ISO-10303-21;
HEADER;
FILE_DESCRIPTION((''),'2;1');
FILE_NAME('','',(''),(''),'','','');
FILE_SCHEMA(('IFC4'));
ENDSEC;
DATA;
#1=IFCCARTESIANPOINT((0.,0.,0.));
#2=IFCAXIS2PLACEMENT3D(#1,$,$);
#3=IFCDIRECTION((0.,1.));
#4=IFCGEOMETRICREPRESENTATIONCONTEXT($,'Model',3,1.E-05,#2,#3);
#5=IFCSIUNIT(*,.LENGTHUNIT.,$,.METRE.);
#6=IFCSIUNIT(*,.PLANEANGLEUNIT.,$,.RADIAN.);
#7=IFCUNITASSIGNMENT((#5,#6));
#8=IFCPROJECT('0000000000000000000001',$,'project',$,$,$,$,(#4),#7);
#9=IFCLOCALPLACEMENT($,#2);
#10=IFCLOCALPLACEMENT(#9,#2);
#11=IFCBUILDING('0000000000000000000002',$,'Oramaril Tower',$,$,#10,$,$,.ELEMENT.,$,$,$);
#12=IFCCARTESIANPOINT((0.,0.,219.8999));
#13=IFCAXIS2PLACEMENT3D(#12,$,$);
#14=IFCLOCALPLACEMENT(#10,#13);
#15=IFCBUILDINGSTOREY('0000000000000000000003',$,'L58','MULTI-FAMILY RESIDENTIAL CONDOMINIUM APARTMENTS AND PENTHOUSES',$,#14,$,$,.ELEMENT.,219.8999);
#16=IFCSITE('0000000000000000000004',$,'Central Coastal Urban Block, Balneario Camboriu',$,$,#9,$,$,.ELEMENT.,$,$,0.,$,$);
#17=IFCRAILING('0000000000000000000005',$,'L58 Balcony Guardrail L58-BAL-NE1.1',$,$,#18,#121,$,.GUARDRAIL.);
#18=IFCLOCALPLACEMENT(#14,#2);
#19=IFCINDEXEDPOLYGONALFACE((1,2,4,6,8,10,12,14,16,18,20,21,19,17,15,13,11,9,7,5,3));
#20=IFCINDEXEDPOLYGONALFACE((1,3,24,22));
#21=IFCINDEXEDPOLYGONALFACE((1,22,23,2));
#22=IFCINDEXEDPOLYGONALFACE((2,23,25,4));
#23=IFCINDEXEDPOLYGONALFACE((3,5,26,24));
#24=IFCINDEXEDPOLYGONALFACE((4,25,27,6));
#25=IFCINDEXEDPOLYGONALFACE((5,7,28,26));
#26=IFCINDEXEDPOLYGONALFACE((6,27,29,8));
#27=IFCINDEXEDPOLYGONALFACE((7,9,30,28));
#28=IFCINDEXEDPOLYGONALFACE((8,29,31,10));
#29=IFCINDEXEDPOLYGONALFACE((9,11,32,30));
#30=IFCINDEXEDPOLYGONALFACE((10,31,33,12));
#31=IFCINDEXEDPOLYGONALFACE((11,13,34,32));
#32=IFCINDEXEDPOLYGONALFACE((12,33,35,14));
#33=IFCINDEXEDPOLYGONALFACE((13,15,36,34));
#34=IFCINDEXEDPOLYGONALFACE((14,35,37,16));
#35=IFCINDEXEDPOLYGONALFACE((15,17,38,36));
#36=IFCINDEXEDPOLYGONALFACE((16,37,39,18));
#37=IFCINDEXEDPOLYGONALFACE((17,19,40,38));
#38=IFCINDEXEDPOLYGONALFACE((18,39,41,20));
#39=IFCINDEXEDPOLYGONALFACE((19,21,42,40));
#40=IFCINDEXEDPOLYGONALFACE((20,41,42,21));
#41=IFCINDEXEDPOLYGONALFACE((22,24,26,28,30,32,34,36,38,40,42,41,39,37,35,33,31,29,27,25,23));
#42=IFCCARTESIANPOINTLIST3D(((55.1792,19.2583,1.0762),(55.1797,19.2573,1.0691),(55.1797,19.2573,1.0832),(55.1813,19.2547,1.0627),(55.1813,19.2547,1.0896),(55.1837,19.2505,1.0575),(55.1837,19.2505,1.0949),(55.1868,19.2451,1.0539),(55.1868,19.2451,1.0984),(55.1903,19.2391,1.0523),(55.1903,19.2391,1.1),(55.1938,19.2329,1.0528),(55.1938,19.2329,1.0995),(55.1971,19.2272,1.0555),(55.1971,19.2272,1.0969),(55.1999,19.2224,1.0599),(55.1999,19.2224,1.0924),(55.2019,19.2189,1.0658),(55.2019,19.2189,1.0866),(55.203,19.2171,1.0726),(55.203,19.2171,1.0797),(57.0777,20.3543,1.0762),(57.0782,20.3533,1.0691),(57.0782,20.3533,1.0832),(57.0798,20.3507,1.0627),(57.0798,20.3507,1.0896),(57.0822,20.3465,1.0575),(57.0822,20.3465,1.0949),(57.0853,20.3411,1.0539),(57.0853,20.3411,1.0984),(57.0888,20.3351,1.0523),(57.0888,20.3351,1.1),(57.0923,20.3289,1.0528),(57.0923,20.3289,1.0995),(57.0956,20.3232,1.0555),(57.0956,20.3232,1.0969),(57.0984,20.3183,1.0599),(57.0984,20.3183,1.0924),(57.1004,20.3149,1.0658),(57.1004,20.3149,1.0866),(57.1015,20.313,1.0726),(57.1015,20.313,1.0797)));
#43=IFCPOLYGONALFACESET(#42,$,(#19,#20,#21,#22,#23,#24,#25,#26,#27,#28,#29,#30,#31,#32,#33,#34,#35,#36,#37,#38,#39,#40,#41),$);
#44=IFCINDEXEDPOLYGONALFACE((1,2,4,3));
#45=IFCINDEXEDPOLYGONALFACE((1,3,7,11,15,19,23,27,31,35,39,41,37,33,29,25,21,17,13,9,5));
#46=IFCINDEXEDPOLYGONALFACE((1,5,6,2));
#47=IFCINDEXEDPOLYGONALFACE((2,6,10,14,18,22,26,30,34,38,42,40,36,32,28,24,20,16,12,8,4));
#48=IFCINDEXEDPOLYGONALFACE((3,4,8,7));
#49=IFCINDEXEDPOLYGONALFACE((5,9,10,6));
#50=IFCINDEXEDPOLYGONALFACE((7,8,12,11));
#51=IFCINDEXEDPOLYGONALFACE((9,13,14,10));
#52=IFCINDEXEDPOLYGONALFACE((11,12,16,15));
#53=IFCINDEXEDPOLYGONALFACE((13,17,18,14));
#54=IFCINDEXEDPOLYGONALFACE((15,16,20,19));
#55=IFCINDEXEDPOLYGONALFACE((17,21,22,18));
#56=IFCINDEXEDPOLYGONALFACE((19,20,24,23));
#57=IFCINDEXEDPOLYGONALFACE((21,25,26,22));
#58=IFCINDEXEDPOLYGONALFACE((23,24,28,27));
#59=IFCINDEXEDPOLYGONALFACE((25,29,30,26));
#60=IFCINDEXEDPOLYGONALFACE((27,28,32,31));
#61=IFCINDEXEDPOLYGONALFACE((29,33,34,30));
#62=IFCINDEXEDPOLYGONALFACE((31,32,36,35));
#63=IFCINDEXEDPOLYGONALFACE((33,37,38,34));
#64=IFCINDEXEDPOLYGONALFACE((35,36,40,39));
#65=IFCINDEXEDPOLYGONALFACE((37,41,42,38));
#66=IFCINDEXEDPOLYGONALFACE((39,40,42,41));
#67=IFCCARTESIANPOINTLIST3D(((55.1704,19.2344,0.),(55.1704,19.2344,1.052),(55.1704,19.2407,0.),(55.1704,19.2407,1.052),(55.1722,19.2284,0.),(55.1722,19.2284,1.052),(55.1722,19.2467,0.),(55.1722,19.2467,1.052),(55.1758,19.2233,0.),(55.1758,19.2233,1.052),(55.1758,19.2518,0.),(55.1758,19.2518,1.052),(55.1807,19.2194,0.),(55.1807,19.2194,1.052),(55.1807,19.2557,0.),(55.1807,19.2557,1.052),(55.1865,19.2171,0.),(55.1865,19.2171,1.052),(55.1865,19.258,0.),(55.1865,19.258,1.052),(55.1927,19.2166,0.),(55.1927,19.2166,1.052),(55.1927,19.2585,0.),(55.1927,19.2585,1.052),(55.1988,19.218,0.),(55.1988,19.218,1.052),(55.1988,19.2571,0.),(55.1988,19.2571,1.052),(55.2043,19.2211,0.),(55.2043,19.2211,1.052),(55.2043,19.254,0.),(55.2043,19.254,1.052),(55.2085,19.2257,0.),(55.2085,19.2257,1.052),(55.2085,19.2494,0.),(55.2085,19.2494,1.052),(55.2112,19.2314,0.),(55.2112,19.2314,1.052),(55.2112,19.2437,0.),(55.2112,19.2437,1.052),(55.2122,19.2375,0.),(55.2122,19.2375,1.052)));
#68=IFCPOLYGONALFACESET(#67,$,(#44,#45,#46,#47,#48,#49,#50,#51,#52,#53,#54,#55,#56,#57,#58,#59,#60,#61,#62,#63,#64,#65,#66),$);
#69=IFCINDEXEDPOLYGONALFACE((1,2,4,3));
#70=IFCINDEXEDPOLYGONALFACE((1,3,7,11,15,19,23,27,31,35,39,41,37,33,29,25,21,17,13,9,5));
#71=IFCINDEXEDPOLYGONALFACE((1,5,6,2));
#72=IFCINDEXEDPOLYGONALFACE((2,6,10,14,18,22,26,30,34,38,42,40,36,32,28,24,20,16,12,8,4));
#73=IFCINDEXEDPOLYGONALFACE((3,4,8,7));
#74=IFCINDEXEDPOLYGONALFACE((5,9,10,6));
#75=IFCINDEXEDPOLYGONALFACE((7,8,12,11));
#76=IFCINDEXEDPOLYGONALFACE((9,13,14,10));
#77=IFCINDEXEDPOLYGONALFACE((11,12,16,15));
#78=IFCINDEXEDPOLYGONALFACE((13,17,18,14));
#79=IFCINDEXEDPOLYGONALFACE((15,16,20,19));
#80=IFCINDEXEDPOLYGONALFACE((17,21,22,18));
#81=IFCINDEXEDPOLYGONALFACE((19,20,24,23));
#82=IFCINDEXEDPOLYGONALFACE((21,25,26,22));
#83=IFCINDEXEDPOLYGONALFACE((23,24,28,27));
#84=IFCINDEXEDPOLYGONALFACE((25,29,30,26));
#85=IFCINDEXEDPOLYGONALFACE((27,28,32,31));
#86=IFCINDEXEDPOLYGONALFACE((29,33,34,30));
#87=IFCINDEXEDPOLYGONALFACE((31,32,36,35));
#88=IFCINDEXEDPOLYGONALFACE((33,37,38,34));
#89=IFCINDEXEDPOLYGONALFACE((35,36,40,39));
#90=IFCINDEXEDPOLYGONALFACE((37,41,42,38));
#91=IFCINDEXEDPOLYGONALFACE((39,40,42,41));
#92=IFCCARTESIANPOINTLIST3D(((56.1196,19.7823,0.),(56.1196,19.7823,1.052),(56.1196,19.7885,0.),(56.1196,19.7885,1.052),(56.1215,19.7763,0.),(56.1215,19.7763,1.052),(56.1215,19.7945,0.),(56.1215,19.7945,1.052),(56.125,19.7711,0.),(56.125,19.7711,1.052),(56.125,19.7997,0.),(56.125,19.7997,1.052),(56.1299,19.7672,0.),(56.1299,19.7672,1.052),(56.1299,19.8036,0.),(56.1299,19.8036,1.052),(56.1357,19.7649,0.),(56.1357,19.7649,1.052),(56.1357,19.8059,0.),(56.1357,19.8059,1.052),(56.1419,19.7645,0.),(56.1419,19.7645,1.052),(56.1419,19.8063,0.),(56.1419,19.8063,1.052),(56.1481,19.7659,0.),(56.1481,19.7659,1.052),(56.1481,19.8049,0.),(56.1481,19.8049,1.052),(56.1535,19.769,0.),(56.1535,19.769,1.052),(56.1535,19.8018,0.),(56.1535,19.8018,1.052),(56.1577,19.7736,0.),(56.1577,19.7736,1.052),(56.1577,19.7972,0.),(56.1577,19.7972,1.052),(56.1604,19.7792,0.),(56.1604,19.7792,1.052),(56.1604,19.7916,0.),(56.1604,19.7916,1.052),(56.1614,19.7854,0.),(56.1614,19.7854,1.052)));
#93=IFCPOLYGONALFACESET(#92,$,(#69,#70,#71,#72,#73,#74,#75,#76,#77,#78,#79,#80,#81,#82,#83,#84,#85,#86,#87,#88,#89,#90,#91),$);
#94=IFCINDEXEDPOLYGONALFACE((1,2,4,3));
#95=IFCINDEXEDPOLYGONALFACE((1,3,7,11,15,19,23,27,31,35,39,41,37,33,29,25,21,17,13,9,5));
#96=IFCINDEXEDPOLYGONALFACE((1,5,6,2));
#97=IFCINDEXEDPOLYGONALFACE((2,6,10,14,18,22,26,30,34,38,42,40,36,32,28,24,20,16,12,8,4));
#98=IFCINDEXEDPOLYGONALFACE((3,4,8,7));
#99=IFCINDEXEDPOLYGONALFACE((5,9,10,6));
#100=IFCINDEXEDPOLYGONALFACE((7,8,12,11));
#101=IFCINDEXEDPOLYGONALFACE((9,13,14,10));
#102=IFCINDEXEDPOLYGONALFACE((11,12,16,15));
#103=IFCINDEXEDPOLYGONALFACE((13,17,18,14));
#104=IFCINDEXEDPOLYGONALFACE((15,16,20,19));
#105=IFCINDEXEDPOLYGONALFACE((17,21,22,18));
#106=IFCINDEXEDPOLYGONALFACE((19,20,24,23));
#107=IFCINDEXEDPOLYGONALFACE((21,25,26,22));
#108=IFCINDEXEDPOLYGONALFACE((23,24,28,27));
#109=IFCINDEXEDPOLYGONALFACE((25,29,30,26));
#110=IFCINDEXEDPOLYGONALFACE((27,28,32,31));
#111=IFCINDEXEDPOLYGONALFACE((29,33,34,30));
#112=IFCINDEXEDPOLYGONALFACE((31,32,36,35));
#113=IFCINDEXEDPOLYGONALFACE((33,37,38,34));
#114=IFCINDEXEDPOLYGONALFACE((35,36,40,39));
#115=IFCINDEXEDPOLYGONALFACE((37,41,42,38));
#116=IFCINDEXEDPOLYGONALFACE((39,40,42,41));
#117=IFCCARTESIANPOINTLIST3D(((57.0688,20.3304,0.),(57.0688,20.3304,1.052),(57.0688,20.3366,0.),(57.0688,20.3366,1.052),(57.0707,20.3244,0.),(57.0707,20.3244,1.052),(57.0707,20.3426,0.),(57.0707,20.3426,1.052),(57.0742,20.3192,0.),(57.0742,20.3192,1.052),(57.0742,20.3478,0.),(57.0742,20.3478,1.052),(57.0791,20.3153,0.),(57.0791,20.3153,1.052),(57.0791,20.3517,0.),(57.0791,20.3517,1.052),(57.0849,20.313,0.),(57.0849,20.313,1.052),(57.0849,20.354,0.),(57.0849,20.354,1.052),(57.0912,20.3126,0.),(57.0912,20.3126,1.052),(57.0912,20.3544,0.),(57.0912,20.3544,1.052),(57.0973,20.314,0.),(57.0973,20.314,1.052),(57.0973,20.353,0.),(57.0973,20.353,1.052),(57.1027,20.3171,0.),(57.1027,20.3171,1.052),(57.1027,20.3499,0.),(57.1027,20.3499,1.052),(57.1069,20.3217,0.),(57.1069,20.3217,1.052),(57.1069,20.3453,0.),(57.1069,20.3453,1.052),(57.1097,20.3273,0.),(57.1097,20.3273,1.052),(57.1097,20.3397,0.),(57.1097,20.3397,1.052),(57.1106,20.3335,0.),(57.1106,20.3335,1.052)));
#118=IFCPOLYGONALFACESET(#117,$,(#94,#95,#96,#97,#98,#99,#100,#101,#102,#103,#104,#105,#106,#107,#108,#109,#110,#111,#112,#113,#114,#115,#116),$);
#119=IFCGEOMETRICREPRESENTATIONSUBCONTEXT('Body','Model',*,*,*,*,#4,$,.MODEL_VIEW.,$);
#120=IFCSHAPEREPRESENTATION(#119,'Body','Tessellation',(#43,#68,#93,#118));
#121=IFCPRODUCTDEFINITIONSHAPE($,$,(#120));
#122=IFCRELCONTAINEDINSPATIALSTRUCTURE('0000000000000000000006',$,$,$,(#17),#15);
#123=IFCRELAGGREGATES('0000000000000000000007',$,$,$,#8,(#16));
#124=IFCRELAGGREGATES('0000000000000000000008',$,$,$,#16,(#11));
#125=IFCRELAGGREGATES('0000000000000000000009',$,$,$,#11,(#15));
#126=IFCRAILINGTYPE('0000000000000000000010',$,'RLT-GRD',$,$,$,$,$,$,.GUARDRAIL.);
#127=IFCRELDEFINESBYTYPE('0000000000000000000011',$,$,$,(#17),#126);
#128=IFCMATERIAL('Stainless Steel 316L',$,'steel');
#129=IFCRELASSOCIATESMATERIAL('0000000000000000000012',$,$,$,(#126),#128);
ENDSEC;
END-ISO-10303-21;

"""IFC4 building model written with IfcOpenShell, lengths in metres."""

from ifc_helpers import new_model, si_unit, direction, frame, origin, origin_2d, place, context, subcontext, project, spatial, circle, extrude, material, type_object, element, save


model = new_model("IFC4")

# Units and contexts
model_context = context("Model", 3, precision=1e-05, world=origin(), true_north=direction((0.0, 1.0)))
body_context = subcontext(model_context, "Body", "Model", "MODEL_VIEW")
ifc_project = project(units=[si_unit("LENGTHUNIT", "METRE"), si_unit("PLANEANGLEUNIT", "RADIAN")], contexts=[model_context])

# Site, building, storey
site_placement = place(None, origin())
site = spatial("IfcSite", under=ifc_project, at=site_placement, Name="Central Coastal Urban Block, Balneario Camboriu", CompositionType="ELEMENT", RefElevation=0.0)
building_placement = place(site_placement, origin())
building = spatial("IfcBuilding", under=site, at=building_placement, Name="Oramaril Tower", CompositionType="ELEMENT")
storey_placement = place(building_placement, frame((0.0, 0.0, 219.8999)))
storey = spatial("IfcBuildingStorey", under=building, at=storey_placement, Name="L58", Description="MULTI-FAMILY RESIDENTIAL CONDOMINIUM APARTMENTS AND PENTHOUSES", CompositionType="ELEMENT", Elevation=219.8999)

# Railing
ifc_material_1 = material(Name="Stainless Steel 316L", Category="steel")
railing_type = type_object("IfcRailingType", Name="RLT-GRD", PredefinedType="GUARDRAIL", material=ifc_material_1)
railing_1_placement = place(storey_placement, frame((55.1912, 19.2375, 0.0)))
element("IfcRailing", 1, at=railing_1_placement, inside=storey, type_object=railing_type, Name="L58 Balcony Guardrail L58-BAL-NE1.1", PredefinedType="GUARDRAIL", context=body_context, shape_type="SweptSolid", body=[
    extrude(circle(Radius=0.0239, at=origin_2d()), frame((0.0, 0.0, 1.0762), z_axis=(0.866048, 0.49996, 0.0), x_axis=(-0.49996, 0.866048, 0.0)), (0.0, 0.0, 1.0), 2.1921),
    extrude(circle(Radius=0.021, at=origin_2d()), origin(), (0.0, 0.0, 1.0), 1.052),
    extrude(circle(Radius=0.021, at=origin_2d()), frame((0.9492, 0.5479, 0.0)), (0.0, 0.0, 1.0), 1.052),
    extrude(circle(Radius=0.021, at=origin_2d()), frame((1.8984, 1.0959, 0.0)), (0.0, 0.0, 1.0), 1.052),
])

save(model, "model.ifc")
